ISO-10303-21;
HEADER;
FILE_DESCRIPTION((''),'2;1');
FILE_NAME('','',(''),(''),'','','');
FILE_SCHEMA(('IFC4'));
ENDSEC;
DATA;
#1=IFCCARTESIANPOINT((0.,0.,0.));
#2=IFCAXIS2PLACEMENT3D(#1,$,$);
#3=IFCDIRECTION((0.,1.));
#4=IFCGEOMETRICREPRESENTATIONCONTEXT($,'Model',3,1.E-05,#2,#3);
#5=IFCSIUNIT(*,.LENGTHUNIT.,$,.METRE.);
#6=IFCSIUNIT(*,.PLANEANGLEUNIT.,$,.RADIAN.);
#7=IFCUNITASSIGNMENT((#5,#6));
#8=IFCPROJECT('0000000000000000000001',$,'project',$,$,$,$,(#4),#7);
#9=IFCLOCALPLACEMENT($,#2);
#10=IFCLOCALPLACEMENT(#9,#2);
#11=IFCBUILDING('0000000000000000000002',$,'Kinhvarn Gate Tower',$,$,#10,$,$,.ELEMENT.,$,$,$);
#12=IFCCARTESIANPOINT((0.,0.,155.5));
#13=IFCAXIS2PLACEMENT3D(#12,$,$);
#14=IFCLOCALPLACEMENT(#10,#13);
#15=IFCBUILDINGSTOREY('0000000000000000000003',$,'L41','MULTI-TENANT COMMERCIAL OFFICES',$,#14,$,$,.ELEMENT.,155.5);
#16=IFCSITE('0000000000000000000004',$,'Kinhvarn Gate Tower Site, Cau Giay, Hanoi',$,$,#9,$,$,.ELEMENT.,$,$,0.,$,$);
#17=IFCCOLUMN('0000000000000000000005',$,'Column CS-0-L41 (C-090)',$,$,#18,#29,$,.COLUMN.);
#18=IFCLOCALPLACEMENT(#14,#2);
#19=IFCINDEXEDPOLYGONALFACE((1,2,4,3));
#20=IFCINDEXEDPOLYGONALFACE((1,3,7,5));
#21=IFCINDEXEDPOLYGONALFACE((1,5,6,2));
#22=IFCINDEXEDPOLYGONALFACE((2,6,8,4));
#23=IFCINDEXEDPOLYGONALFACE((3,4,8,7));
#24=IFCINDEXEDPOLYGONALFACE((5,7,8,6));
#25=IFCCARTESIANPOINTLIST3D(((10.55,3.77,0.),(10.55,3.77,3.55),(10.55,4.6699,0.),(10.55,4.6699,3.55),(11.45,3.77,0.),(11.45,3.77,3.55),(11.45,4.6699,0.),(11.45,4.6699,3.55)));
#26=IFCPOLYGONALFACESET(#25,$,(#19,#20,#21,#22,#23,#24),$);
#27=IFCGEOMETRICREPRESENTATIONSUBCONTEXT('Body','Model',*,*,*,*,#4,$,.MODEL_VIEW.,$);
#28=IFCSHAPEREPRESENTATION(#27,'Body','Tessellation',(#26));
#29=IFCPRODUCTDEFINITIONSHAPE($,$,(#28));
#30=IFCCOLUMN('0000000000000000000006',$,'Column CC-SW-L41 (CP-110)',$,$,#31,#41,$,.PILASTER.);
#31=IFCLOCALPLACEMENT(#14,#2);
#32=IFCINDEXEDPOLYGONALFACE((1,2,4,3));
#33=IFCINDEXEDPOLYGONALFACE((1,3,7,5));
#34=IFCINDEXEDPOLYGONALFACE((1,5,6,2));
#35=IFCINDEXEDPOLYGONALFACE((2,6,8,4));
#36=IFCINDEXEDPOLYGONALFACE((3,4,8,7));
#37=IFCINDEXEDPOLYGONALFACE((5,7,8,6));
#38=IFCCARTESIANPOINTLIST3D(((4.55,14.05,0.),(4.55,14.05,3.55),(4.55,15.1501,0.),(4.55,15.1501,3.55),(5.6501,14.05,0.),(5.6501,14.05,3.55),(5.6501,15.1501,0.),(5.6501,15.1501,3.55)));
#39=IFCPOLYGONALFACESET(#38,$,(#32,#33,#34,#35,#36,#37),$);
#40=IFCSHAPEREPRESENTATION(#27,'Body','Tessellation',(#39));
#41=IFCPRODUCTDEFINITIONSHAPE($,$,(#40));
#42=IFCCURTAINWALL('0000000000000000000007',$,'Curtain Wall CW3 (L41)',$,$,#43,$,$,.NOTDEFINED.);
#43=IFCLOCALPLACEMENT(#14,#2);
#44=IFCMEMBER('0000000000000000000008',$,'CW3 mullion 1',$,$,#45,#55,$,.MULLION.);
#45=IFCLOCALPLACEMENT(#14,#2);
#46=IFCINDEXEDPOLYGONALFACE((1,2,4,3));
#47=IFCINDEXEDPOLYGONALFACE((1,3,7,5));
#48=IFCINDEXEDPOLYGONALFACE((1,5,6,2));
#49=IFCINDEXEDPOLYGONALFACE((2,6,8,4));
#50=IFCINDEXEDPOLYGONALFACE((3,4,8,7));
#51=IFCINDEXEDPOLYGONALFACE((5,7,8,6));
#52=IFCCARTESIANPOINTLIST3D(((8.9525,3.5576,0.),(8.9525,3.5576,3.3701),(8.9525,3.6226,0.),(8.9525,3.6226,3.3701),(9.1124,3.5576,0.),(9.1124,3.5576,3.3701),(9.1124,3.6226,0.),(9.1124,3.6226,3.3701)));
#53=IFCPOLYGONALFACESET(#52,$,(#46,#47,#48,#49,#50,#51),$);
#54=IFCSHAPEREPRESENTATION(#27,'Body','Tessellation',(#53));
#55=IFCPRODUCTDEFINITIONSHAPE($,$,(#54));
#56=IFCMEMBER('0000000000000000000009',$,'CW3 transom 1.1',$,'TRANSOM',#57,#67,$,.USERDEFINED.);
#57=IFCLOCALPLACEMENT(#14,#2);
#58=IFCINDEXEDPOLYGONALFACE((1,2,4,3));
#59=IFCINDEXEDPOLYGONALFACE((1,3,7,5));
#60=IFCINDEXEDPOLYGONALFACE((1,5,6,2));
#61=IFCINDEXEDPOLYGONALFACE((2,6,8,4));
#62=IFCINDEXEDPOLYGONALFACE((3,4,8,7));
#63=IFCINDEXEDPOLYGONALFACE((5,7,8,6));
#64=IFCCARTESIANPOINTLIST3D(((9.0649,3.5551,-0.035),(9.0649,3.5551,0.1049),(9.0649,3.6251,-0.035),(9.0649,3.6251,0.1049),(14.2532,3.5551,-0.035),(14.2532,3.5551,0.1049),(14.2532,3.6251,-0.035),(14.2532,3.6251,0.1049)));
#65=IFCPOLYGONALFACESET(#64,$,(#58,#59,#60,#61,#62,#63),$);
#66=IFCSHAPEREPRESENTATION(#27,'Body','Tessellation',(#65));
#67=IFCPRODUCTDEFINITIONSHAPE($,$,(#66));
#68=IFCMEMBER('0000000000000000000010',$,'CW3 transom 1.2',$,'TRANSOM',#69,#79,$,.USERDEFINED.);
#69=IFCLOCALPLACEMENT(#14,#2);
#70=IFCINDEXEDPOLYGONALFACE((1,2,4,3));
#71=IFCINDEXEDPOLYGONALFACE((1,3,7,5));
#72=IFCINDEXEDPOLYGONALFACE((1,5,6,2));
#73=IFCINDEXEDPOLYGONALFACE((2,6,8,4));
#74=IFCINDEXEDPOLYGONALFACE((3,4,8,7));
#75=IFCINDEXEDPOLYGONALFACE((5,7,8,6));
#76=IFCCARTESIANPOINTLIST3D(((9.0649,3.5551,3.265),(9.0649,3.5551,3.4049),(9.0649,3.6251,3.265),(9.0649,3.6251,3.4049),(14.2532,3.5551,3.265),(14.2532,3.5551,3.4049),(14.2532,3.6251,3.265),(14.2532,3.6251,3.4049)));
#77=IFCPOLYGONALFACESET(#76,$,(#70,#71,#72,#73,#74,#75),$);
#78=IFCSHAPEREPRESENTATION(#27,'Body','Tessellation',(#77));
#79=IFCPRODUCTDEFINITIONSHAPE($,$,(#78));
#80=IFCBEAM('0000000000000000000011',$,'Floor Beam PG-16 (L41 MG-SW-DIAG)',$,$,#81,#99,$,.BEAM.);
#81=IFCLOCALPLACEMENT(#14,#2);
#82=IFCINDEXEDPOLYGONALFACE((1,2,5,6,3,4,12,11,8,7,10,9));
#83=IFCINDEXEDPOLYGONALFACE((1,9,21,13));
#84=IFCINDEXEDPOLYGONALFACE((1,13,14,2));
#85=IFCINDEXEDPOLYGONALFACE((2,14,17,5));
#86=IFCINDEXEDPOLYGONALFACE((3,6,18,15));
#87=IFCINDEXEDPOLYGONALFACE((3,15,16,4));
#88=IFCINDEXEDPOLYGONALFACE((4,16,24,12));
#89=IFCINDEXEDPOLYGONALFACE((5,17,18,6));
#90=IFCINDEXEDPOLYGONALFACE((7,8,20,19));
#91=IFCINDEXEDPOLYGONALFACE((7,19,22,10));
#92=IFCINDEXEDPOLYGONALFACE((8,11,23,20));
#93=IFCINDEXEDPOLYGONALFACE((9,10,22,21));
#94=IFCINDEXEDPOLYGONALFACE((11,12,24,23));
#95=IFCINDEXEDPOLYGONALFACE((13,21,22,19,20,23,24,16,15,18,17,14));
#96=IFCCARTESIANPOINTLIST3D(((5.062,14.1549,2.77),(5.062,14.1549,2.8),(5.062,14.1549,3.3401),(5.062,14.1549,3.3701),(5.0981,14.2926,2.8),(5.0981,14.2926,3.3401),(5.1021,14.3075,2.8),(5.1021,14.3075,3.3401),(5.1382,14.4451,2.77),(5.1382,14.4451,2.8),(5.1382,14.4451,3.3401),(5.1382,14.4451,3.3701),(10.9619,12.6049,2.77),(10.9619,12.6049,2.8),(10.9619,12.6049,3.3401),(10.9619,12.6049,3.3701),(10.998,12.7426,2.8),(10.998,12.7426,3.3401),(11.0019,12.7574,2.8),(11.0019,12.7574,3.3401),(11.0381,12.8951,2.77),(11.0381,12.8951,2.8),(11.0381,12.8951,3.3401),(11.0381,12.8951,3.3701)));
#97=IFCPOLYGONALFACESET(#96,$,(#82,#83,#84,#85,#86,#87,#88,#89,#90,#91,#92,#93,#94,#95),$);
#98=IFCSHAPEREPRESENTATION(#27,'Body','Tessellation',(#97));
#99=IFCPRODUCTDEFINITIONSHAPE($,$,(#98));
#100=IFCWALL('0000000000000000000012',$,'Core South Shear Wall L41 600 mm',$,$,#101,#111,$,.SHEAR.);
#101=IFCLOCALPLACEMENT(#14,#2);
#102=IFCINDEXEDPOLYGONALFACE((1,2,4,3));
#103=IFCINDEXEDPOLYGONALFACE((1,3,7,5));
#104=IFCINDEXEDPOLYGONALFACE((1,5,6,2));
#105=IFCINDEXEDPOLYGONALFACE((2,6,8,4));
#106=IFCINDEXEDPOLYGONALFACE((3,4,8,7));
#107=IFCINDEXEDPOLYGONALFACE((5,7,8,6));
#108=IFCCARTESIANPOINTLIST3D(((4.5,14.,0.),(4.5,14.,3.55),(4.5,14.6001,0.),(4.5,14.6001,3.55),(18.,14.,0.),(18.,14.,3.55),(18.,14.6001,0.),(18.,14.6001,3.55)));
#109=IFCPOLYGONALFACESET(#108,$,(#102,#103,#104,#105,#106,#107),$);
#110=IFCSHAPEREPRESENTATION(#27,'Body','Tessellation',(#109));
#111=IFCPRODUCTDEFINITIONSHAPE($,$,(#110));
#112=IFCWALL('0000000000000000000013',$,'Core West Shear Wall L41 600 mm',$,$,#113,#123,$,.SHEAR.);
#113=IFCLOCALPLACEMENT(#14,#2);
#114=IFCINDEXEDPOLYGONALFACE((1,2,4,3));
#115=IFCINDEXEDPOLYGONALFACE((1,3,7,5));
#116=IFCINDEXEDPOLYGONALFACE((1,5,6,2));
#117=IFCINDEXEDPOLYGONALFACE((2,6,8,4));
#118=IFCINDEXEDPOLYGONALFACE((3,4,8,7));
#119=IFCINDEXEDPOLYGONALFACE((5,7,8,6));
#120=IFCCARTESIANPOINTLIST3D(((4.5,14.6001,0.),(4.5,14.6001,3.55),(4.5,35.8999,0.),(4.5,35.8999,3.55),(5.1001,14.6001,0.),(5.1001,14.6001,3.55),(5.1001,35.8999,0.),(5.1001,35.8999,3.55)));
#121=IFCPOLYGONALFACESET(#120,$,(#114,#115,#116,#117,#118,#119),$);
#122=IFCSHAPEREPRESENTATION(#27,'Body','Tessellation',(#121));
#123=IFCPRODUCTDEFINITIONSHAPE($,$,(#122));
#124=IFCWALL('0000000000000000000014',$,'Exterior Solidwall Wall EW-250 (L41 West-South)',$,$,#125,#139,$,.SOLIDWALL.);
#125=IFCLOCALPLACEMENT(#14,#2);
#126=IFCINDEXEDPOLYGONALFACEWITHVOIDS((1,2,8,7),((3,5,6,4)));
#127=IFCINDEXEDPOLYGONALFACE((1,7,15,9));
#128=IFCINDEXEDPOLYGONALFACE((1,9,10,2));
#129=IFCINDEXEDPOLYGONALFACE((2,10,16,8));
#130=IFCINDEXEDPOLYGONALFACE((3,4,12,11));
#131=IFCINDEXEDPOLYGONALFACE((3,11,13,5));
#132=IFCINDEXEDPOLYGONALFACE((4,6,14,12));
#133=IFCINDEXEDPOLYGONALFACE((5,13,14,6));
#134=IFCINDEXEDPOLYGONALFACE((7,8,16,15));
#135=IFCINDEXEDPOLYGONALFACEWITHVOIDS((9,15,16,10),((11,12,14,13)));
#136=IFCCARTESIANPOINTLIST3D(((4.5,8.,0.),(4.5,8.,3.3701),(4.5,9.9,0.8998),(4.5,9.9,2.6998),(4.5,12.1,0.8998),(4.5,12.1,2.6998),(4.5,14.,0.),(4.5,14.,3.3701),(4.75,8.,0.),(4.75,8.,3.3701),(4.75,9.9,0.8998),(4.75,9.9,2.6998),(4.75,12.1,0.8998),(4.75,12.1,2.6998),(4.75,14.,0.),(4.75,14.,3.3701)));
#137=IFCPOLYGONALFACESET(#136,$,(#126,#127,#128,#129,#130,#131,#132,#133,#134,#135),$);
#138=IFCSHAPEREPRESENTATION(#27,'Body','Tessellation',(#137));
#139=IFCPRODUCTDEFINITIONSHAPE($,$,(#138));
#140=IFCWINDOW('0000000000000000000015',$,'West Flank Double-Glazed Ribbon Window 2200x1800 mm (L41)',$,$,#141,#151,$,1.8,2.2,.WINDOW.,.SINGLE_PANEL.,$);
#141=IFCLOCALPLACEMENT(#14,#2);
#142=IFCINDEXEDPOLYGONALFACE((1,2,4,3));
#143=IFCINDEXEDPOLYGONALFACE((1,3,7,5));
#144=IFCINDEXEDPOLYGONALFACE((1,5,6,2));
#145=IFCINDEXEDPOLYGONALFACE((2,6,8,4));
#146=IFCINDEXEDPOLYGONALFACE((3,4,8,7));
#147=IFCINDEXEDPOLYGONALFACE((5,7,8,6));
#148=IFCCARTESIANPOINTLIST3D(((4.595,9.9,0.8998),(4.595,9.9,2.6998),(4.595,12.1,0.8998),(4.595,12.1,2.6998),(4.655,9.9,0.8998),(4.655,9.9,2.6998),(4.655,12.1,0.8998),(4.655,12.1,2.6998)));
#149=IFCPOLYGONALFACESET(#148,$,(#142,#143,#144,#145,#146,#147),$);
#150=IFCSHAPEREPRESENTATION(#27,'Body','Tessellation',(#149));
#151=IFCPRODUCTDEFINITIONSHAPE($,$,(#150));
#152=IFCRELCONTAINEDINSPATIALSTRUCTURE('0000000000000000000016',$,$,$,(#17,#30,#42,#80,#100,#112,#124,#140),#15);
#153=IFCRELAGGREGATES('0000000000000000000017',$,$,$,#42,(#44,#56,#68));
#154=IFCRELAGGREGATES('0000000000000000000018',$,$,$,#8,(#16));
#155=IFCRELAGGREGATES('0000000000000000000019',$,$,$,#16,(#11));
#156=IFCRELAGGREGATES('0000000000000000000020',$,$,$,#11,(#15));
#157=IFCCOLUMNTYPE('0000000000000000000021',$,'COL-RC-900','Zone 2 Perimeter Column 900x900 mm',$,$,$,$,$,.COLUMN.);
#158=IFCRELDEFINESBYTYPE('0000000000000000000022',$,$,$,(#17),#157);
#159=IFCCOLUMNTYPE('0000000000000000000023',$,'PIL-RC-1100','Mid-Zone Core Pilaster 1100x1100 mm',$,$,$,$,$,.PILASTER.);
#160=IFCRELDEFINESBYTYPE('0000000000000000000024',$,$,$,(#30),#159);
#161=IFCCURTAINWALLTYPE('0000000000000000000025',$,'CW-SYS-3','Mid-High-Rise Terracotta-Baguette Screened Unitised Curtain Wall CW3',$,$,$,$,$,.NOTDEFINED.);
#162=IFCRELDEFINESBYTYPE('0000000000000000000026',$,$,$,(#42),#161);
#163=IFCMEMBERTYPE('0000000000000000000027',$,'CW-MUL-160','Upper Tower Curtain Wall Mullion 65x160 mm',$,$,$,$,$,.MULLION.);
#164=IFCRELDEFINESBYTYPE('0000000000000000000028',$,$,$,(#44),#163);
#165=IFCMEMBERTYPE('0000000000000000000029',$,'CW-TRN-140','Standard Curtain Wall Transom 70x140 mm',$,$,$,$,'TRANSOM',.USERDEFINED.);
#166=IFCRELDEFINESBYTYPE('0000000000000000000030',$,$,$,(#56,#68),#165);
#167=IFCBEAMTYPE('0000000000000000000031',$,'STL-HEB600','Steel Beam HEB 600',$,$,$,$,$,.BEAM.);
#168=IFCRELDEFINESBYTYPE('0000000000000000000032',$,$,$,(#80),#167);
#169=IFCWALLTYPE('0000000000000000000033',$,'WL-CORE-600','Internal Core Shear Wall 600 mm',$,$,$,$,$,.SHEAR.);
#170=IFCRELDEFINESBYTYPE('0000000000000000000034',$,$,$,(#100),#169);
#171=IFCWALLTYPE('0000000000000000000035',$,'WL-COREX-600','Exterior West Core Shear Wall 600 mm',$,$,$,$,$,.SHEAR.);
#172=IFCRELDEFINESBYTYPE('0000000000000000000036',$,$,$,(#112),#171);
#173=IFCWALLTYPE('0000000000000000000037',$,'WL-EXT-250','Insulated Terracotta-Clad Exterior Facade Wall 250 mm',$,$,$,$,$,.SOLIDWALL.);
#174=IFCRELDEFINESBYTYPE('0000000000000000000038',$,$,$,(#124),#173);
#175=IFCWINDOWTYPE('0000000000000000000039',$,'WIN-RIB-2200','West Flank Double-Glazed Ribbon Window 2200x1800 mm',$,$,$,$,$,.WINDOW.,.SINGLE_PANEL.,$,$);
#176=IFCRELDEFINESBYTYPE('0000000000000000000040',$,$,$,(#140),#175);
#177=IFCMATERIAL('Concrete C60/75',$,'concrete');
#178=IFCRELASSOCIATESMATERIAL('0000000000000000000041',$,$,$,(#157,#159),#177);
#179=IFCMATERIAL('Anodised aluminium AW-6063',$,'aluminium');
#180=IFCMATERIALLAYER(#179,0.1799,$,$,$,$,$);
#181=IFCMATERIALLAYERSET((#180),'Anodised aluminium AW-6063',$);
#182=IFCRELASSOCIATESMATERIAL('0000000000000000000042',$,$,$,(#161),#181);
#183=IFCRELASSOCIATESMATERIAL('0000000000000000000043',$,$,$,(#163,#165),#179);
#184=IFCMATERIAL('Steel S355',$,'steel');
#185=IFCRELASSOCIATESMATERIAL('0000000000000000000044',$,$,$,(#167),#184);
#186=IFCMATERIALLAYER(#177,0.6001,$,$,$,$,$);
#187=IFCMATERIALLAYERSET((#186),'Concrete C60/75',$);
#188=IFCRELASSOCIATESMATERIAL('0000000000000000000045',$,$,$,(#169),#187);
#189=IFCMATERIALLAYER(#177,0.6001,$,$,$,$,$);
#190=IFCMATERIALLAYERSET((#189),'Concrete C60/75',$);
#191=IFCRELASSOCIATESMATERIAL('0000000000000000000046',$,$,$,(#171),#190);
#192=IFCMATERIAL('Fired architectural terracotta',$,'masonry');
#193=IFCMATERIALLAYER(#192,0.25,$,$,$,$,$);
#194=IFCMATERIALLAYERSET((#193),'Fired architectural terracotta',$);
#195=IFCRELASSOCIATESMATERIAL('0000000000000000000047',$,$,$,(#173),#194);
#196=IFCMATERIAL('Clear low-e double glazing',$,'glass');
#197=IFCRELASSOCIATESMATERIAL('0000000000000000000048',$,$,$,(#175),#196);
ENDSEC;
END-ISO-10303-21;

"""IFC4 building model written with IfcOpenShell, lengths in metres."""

from ifc_helpers import new_model, si_unit, direction, frame, frame_2d, origin, origin_2d, place, context, subcontext, project, spatial, rectangle, i_section, extrude, material, layer, layer_set, material_profile, profile_set, type_object, element, fill, aggregate, save


model = new_model("IFC4")

# Units and contexts
model_context = context("Model", 3, precision=1e-05, world=origin(), true_north=direction((0.0, 1.0)))
body_context = subcontext(model_context, "Body", "Model", "MODEL_VIEW")
ifc_project = project(units=[si_unit("LENGTHUNIT", "METRE"), si_unit("PLANEANGLEUNIT", "RADIAN")], contexts=[model_context])

# Site, building, storey
site_placement = place(None, origin())
site = spatial("IfcSite", under=ifc_project, at=site_placement, Name="Kinhvarn Gate Tower Site, Cau Giay, Hanoi", CompositionType="ELEMENT", RefElevation=0.0)
building_placement = place(site_placement, origin())
building = spatial("IfcBuilding", under=site, at=building_placement, Name="Kinhvarn Gate Tower", CompositionType="ELEMENT")
storey_placement = place(building_placement, frame((0.0, 0.0, 155.5)))
storey = spatial("IfcBuildingStorey", under=building, at=storey_placement, Name="L41", Description="MULTI-TENANT COMMERCIAL OFFICES", CompositionType="ELEMENT", Elevation=155.5)

# Columns
ifc_material_1 = material(Name="Concrete C60/75", Category="concrete")
ifc_material_profile_1 = material_profile(ifc_material_1, rectangle(XDim=0.8999, YDim=0.8999, at=origin_2d()), Name="RC 900x900")
ifc_profile_set_1 = profile_set([ifc_material_profile_1], Name="Concrete C60/75")
column_type_1 = type_object("IfcColumnType", Name="COL-RC-900", Description="Zone 2 Perimeter Column 900x900 mm", PredefinedType="COLUMN", material=ifc_profile_set_1)
column_1_placement = place(storey_placement, frame((11.0, 4.22, 0.0), z_axis=(0.0, 0.0, 1.0), x_axis=(1.0, 0.0, 0.0)))
element("IfcColumn", 1, at=column_1_placement, inside=storey, type_object=column_type_1, Name="Column CS-0-L41 (C-090)", PredefinedType="COLUMN", context=body_context, shape_type="SweptSolid", body=[
    extrude(rectangle(XDim=0.8999, YDim=0.8999, at=origin_2d()), origin(), (0.0, 0.0, 1.0), 3.55),
])
ifc_material_profile_2 = material_profile(ifc_material_1, rectangle(XDim=1.1001, YDim=1.1001, at=origin_2d()), Name="RC 1100x1100")
ifc_profile_set_2 = profile_set([ifc_material_profile_2], Name="Concrete C60/75")
column_type_2 = type_object("IfcColumnType", Name="PIL-RC-1100", Description="Mid-Zone Core Pilaster 1100x1100 mm", PredefinedType="PILASTER", material=ifc_profile_set_2)
column_2_placement = place(storey_placement, frame((5.1001, 14.6001, 0.0), z_axis=(0.0, 0.0, 1.0), x_axis=(1.0, 0.0, 0.0)))
element("IfcColumn", 2, at=column_2_placement, inside=storey, type_object=column_type_2, Name="Column CC-SW-L41 (CP-110)", PredefinedType="PILASTER", context=body_context, shape_type="SweptSolid", body=[
    extrude(rectangle(XDim=1.1001, YDim=1.1001, at=origin_2d()), origin(), (0.0, 0.0, 1.0), 3.55),
])

# Curtain wall, members
ifc_material_2 = material(Name="Anodised aluminium AW-6063", Category="aluminium")
ifc_layer_1 = layer(ifc_material_2, 0.1799)
ifc_layer_set_1 = layer_set([ifc_layer_1], Name="Anodised aluminium AW-6063")
curtain_wall_type = type_object("IfcCurtainWallType", Name="CW-SYS-3", Description="Mid-High-Rise Terracotta-Baguette Screened Unitised Curtain Wall CW3", PredefinedType="NOTDEFINED", material=ifc_layer_set_1)
curtain_wall_placement = place(storey_placement, origin())
curtain_wall = element("IfcCurtainWall", 3, at=curtain_wall_placement, inside=storey, type_object=curtain_wall_type, Name="Curtain Wall CW3 (L41)", PredefinedType="NOTDEFINED")
ifc_material_profile_3 = material_profile(ifc_material_2, rectangle(XDim=0.0649, YDim=0.1599, at=origin_2d()), Name="ALU 65x160")
ifc_profile_set_3 = profile_set([ifc_material_profile_3], Name="Anodised aluminium AW-6063")
member_type_1 = type_object("IfcMemberType", Name="CW-MUL-160", Description="Upper Tower Curtain Wall Mullion 65x160 mm", PredefinedType="MULLION", material=ifc_profile_set_3)
member_1_placement = place(storey_placement, frame((9.0325, 3.5901, 0.0), z_axis=(0.0, 0.0, 1.0), x_axis=(0.0, 1.0, 0.0)))
member_1 = element("IfcMember", 4, at=member_1_placement, type_object=member_type_1, Name="CW3 mullion 1", PredefinedType="MULLION", context=body_context, shape_type="SweptSolid", body=[
    extrude(rectangle(XDim=0.0649, YDim=0.1599, at=origin_2d()), origin(), (0.0, 0.0, 1.0), 3.3701),
])
ifc_material_profile_4 = material_profile(ifc_material_2, rectangle(XDim=0.0701, YDim=0.1399, at=origin_2d()), Name="ALU 70x140")
ifc_profile_set_4 = profile_set([ifc_material_profile_4], Name="Anodised aluminium AW-6063")
member_type_2 = type_object("IfcMemberType", Name="CW-TRN-140", Description="Standard Curtain Wall Transom 70x140 mm", ElementType="TRANSOM", PredefinedType="USERDEFINED", material=ifc_profile_set_4)
member_2_placement = place(storey_placement, frame((9.0649, 3.5901, 0.0349), z_axis=(1.0, 0.0, 0.0), x_axis=(0.0, 1.0, 0.0)))
member_2 = element("IfcMember", 5, at=member_2_placement, type_object=member_type_2, Name="CW3 transom 1.1", ObjectType="TRANSOM", PredefinedType="USERDEFINED", context=body_context, shape_type="SweptSolid", body=[
    extrude(rectangle(XDim=0.0701, YDim=0.1399, at=origin_2d()), origin(), (0.0, 0.0, 1.0), 5.1882),
])
member_3_placement = place(storey_placement, frame((9.0649, 3.5901, 3.335), z_axis=(1.0, 0.0, 0.0), x_axis=(0.0, 1.0, 0.0)))
member_3 = element("IfcMember", 6, at=member_3_placement, type_object=member_type_2, Name="CW3 transom 1.2", ObjectType="TRANSOM", PredefinedType="USERDEFINED", context=body_context, shape_type="SweptSolid", body=[
    extrude(rectangle(XDim=0.0701, YDim=0.1399, at=origin_2d()), origin(), (0.0, 0.0, 1.0), 5.1882),
])
aggregate(curtain_wall, [member_1, member_2, member_3])

# Beam
ifc_material_3 = material(Name="Steel S355", Category="steel")
ifc_material_profile_5 = material_profile(ifc_material_3, i_section(OverallWidth=0.3, OverallDepth=0.6001, WebThickness=0.0154, FlangeThickness=0.03, at=origin_2d()), Name="HEB 600")
ifc_profile_set_5 = profile_set([ifc_material_profile_5], Name="Steel S355")
beam_type = type_object("IfcBeamType", Name="STL-HEB600", Description="Steel Beam HEB 600", PredefinedType="BEAM", material=ifc_profile_set_5)
beam_placement = place(storey_placement, frame((5.1001, 14.3, 3.0701), z_axis=(0.967178, -0.254101, 0.0), x_axis=(0.254101, 0.967178, 0.0)))
element("IfcBeam", 7, at=beam_placement, inside=storey, type_object=beam_type, Name="Floor Beam PG-16 (L41 MG-SW-DIAG)", PredefinedType="BEAM", context=body_context, shape_type="SweptSolid", body=[
    extrude(i_section(OverallWidth=0.3, OverallDepth=0.6001, WebThickness=0.0154, FlangeThickness=0.03, at=origin_2d()), origin(), (0.0, 0.0, 1.0), 6.1001),
])

# Walls
ifc_layer_2 = layer(ifc_material_1, 0.6001)
ifc_layer_set_2 = layer_set([ifc_layer_2], Name="Concrete C60/75")
wall_type_1 = type_object("IfcWallType", Name="WL-CORE-600", Description="Internal Core Shear Wall 600 mm", PredefinedType="SHEAR", material=ifc_layer_set_2)
wall_1_placement = place(storey_placement, frame((4.5, 14.3, 0.0), z_axis=(0.0, 0.0, 1.0), x_axis=(1.0, 0.0, 0.0)))
element("IfcWall", 8, at=wall_1_placement, inside=storey, type_object=wall_type_1, Name="Core South Shear Wall L41 600 mm", PredefinedType="SHEAR", context=body_context, shape_type="SweptSolid", body=[
    extrude(rectangle(XDim=13.5, YDim=0.6001, at=frame_2d((6.75, 0.0))), origin(), (0.0, 0.0, 1.0), 3.55),
])
ifc_layer_3 = layer(ifc_material_1, 0.6001)
ifc_layer_set_3 = layer_set([ifc_layer_3], Name="Concrete C60/75")
wall_type_2 = type_object("IfcWallType", Name="WL-COREX-600", Description="Exterior West Core Shear Wall 600 mm", PredefinedType="SHEAR", material=ifc_layer_set_3)
wall_2_placement = place(storey_placement, frame((4.8, 14.6001, 0.0), z_axis=(0.0, 0.0, 1.0), x_axis=(0.0, 1.0, 0.0)))
element("IfcWall", 9, at=wall_2_placement, inside=storey, type_object=wall_type_2, Name="Core West Shear Wall L41 600 mm", PredefinedType="SHEAR", context=body_context, shape_type="SweptSolid", body=[
    extrude(rectangle(XDim=21.2998, YDim=0.6001, at=frame_2d((10.6499, 0.0))), origin(), (0.0, 0.0, 1.0), 3.55),
])

# Wall, opening, window
ifc_material_4 = material(Name="Fired architectural terracotta", Category="masonry")
ifc_layer_4 = layer(ifc_material_4, 0.25)
ifc_layer_set_4 = layer_set([ifc_layer_4], Name="Fired architectural terracotta")
wall_type_3 = type_object("IfcWallType", Name="WL-EXT-250", Description="Insulated Terracotta-Clad Exterior Facade Wall 250 mm", PredefinedType="SOLIDWALL", material=ifc_layer_set_4)
wall_3_placement = place(storey_placement, frame((4.625, 14.0, 0.0), z_axis=(0.0, 0.0, 1.0), x_axis=(0.0, -1.0, 0.0)))
wall_3 = element("IfcWall", 10, at=wall_3_placement, inside=storey, type_object=wall_type_3, Name="Exterior Solidwall Wall EW-250 (L41 West-South)", PredefinedType="SOLIDWALL", context=body_context, shape_type="SweptSolid", body=[
    extrude(rectangle(XDim=6.0, YDim=0.25, at=frame_2d((3.0, 0.0))), origin(), (0.0, 0.0, 1.0), 3.3701),
])
opening_1_placement = place(wall_3_placement, frame((1.8999, 0.0, 0.8999)))
opening_1 = element("IfcOpeningElement", 11, at=opening_1_placement, cuts=wall_3, PredefinedType="OPENING", context=body_context, shape_type="SweptSolid", body=[
    extrude(rectangle(XDim=2.2, YDim=1.8, at=frame_2d((1.1001, 0.8999))), frame((0.0, 0.135, 0.0), z_axis=(0.0, -1.0, 0.0), x_axis=(1.0, 0.0, 0.0)), (0.0, 0.0, 1.0), 0.27),
])
ifc_material_5 = material(Name="Clear low-e double glazing", Category="glass")
window_type_1 = type_object("IfcWindowType", Name="WIN-RIB-2200", Description="West Flank Double-Glazed Ribbon Window 2200x1800 mm", PartitioningType="SINGLE_PANEL", PredefinedType="WINDOW", material=ifc_material_5)
window_1_placement = place(opening_1_placement, origin())
window_1 = element("IfcWindow", 12, at=window_1_placement, inside=storey, type_object=window_type_1, Name="West Flank Double-Glazed Ribbon Window 2200x1800 mm (L41)", OverallHeight=1.8, OverallWidth=2.2, PartitioningType="SINGLE_PANEL", PredefinedType="WINDOW", context=body_context, shape_type="SweptSolid", body=[
    extrude(rectangle(XDim=2.2, YDim=1.8, at=frame_2d((1.1001, 0.8999))), frame((0.0, 0.03, 0.0), z_axis=(0.0, -1.0, 0.0), x_axis=(1.0, 0.0, 0.0)), (0.0, 0.0, 1.0), 0.0601),
])
fill(opening_1, window_1)

save(model, "model.ifc")
